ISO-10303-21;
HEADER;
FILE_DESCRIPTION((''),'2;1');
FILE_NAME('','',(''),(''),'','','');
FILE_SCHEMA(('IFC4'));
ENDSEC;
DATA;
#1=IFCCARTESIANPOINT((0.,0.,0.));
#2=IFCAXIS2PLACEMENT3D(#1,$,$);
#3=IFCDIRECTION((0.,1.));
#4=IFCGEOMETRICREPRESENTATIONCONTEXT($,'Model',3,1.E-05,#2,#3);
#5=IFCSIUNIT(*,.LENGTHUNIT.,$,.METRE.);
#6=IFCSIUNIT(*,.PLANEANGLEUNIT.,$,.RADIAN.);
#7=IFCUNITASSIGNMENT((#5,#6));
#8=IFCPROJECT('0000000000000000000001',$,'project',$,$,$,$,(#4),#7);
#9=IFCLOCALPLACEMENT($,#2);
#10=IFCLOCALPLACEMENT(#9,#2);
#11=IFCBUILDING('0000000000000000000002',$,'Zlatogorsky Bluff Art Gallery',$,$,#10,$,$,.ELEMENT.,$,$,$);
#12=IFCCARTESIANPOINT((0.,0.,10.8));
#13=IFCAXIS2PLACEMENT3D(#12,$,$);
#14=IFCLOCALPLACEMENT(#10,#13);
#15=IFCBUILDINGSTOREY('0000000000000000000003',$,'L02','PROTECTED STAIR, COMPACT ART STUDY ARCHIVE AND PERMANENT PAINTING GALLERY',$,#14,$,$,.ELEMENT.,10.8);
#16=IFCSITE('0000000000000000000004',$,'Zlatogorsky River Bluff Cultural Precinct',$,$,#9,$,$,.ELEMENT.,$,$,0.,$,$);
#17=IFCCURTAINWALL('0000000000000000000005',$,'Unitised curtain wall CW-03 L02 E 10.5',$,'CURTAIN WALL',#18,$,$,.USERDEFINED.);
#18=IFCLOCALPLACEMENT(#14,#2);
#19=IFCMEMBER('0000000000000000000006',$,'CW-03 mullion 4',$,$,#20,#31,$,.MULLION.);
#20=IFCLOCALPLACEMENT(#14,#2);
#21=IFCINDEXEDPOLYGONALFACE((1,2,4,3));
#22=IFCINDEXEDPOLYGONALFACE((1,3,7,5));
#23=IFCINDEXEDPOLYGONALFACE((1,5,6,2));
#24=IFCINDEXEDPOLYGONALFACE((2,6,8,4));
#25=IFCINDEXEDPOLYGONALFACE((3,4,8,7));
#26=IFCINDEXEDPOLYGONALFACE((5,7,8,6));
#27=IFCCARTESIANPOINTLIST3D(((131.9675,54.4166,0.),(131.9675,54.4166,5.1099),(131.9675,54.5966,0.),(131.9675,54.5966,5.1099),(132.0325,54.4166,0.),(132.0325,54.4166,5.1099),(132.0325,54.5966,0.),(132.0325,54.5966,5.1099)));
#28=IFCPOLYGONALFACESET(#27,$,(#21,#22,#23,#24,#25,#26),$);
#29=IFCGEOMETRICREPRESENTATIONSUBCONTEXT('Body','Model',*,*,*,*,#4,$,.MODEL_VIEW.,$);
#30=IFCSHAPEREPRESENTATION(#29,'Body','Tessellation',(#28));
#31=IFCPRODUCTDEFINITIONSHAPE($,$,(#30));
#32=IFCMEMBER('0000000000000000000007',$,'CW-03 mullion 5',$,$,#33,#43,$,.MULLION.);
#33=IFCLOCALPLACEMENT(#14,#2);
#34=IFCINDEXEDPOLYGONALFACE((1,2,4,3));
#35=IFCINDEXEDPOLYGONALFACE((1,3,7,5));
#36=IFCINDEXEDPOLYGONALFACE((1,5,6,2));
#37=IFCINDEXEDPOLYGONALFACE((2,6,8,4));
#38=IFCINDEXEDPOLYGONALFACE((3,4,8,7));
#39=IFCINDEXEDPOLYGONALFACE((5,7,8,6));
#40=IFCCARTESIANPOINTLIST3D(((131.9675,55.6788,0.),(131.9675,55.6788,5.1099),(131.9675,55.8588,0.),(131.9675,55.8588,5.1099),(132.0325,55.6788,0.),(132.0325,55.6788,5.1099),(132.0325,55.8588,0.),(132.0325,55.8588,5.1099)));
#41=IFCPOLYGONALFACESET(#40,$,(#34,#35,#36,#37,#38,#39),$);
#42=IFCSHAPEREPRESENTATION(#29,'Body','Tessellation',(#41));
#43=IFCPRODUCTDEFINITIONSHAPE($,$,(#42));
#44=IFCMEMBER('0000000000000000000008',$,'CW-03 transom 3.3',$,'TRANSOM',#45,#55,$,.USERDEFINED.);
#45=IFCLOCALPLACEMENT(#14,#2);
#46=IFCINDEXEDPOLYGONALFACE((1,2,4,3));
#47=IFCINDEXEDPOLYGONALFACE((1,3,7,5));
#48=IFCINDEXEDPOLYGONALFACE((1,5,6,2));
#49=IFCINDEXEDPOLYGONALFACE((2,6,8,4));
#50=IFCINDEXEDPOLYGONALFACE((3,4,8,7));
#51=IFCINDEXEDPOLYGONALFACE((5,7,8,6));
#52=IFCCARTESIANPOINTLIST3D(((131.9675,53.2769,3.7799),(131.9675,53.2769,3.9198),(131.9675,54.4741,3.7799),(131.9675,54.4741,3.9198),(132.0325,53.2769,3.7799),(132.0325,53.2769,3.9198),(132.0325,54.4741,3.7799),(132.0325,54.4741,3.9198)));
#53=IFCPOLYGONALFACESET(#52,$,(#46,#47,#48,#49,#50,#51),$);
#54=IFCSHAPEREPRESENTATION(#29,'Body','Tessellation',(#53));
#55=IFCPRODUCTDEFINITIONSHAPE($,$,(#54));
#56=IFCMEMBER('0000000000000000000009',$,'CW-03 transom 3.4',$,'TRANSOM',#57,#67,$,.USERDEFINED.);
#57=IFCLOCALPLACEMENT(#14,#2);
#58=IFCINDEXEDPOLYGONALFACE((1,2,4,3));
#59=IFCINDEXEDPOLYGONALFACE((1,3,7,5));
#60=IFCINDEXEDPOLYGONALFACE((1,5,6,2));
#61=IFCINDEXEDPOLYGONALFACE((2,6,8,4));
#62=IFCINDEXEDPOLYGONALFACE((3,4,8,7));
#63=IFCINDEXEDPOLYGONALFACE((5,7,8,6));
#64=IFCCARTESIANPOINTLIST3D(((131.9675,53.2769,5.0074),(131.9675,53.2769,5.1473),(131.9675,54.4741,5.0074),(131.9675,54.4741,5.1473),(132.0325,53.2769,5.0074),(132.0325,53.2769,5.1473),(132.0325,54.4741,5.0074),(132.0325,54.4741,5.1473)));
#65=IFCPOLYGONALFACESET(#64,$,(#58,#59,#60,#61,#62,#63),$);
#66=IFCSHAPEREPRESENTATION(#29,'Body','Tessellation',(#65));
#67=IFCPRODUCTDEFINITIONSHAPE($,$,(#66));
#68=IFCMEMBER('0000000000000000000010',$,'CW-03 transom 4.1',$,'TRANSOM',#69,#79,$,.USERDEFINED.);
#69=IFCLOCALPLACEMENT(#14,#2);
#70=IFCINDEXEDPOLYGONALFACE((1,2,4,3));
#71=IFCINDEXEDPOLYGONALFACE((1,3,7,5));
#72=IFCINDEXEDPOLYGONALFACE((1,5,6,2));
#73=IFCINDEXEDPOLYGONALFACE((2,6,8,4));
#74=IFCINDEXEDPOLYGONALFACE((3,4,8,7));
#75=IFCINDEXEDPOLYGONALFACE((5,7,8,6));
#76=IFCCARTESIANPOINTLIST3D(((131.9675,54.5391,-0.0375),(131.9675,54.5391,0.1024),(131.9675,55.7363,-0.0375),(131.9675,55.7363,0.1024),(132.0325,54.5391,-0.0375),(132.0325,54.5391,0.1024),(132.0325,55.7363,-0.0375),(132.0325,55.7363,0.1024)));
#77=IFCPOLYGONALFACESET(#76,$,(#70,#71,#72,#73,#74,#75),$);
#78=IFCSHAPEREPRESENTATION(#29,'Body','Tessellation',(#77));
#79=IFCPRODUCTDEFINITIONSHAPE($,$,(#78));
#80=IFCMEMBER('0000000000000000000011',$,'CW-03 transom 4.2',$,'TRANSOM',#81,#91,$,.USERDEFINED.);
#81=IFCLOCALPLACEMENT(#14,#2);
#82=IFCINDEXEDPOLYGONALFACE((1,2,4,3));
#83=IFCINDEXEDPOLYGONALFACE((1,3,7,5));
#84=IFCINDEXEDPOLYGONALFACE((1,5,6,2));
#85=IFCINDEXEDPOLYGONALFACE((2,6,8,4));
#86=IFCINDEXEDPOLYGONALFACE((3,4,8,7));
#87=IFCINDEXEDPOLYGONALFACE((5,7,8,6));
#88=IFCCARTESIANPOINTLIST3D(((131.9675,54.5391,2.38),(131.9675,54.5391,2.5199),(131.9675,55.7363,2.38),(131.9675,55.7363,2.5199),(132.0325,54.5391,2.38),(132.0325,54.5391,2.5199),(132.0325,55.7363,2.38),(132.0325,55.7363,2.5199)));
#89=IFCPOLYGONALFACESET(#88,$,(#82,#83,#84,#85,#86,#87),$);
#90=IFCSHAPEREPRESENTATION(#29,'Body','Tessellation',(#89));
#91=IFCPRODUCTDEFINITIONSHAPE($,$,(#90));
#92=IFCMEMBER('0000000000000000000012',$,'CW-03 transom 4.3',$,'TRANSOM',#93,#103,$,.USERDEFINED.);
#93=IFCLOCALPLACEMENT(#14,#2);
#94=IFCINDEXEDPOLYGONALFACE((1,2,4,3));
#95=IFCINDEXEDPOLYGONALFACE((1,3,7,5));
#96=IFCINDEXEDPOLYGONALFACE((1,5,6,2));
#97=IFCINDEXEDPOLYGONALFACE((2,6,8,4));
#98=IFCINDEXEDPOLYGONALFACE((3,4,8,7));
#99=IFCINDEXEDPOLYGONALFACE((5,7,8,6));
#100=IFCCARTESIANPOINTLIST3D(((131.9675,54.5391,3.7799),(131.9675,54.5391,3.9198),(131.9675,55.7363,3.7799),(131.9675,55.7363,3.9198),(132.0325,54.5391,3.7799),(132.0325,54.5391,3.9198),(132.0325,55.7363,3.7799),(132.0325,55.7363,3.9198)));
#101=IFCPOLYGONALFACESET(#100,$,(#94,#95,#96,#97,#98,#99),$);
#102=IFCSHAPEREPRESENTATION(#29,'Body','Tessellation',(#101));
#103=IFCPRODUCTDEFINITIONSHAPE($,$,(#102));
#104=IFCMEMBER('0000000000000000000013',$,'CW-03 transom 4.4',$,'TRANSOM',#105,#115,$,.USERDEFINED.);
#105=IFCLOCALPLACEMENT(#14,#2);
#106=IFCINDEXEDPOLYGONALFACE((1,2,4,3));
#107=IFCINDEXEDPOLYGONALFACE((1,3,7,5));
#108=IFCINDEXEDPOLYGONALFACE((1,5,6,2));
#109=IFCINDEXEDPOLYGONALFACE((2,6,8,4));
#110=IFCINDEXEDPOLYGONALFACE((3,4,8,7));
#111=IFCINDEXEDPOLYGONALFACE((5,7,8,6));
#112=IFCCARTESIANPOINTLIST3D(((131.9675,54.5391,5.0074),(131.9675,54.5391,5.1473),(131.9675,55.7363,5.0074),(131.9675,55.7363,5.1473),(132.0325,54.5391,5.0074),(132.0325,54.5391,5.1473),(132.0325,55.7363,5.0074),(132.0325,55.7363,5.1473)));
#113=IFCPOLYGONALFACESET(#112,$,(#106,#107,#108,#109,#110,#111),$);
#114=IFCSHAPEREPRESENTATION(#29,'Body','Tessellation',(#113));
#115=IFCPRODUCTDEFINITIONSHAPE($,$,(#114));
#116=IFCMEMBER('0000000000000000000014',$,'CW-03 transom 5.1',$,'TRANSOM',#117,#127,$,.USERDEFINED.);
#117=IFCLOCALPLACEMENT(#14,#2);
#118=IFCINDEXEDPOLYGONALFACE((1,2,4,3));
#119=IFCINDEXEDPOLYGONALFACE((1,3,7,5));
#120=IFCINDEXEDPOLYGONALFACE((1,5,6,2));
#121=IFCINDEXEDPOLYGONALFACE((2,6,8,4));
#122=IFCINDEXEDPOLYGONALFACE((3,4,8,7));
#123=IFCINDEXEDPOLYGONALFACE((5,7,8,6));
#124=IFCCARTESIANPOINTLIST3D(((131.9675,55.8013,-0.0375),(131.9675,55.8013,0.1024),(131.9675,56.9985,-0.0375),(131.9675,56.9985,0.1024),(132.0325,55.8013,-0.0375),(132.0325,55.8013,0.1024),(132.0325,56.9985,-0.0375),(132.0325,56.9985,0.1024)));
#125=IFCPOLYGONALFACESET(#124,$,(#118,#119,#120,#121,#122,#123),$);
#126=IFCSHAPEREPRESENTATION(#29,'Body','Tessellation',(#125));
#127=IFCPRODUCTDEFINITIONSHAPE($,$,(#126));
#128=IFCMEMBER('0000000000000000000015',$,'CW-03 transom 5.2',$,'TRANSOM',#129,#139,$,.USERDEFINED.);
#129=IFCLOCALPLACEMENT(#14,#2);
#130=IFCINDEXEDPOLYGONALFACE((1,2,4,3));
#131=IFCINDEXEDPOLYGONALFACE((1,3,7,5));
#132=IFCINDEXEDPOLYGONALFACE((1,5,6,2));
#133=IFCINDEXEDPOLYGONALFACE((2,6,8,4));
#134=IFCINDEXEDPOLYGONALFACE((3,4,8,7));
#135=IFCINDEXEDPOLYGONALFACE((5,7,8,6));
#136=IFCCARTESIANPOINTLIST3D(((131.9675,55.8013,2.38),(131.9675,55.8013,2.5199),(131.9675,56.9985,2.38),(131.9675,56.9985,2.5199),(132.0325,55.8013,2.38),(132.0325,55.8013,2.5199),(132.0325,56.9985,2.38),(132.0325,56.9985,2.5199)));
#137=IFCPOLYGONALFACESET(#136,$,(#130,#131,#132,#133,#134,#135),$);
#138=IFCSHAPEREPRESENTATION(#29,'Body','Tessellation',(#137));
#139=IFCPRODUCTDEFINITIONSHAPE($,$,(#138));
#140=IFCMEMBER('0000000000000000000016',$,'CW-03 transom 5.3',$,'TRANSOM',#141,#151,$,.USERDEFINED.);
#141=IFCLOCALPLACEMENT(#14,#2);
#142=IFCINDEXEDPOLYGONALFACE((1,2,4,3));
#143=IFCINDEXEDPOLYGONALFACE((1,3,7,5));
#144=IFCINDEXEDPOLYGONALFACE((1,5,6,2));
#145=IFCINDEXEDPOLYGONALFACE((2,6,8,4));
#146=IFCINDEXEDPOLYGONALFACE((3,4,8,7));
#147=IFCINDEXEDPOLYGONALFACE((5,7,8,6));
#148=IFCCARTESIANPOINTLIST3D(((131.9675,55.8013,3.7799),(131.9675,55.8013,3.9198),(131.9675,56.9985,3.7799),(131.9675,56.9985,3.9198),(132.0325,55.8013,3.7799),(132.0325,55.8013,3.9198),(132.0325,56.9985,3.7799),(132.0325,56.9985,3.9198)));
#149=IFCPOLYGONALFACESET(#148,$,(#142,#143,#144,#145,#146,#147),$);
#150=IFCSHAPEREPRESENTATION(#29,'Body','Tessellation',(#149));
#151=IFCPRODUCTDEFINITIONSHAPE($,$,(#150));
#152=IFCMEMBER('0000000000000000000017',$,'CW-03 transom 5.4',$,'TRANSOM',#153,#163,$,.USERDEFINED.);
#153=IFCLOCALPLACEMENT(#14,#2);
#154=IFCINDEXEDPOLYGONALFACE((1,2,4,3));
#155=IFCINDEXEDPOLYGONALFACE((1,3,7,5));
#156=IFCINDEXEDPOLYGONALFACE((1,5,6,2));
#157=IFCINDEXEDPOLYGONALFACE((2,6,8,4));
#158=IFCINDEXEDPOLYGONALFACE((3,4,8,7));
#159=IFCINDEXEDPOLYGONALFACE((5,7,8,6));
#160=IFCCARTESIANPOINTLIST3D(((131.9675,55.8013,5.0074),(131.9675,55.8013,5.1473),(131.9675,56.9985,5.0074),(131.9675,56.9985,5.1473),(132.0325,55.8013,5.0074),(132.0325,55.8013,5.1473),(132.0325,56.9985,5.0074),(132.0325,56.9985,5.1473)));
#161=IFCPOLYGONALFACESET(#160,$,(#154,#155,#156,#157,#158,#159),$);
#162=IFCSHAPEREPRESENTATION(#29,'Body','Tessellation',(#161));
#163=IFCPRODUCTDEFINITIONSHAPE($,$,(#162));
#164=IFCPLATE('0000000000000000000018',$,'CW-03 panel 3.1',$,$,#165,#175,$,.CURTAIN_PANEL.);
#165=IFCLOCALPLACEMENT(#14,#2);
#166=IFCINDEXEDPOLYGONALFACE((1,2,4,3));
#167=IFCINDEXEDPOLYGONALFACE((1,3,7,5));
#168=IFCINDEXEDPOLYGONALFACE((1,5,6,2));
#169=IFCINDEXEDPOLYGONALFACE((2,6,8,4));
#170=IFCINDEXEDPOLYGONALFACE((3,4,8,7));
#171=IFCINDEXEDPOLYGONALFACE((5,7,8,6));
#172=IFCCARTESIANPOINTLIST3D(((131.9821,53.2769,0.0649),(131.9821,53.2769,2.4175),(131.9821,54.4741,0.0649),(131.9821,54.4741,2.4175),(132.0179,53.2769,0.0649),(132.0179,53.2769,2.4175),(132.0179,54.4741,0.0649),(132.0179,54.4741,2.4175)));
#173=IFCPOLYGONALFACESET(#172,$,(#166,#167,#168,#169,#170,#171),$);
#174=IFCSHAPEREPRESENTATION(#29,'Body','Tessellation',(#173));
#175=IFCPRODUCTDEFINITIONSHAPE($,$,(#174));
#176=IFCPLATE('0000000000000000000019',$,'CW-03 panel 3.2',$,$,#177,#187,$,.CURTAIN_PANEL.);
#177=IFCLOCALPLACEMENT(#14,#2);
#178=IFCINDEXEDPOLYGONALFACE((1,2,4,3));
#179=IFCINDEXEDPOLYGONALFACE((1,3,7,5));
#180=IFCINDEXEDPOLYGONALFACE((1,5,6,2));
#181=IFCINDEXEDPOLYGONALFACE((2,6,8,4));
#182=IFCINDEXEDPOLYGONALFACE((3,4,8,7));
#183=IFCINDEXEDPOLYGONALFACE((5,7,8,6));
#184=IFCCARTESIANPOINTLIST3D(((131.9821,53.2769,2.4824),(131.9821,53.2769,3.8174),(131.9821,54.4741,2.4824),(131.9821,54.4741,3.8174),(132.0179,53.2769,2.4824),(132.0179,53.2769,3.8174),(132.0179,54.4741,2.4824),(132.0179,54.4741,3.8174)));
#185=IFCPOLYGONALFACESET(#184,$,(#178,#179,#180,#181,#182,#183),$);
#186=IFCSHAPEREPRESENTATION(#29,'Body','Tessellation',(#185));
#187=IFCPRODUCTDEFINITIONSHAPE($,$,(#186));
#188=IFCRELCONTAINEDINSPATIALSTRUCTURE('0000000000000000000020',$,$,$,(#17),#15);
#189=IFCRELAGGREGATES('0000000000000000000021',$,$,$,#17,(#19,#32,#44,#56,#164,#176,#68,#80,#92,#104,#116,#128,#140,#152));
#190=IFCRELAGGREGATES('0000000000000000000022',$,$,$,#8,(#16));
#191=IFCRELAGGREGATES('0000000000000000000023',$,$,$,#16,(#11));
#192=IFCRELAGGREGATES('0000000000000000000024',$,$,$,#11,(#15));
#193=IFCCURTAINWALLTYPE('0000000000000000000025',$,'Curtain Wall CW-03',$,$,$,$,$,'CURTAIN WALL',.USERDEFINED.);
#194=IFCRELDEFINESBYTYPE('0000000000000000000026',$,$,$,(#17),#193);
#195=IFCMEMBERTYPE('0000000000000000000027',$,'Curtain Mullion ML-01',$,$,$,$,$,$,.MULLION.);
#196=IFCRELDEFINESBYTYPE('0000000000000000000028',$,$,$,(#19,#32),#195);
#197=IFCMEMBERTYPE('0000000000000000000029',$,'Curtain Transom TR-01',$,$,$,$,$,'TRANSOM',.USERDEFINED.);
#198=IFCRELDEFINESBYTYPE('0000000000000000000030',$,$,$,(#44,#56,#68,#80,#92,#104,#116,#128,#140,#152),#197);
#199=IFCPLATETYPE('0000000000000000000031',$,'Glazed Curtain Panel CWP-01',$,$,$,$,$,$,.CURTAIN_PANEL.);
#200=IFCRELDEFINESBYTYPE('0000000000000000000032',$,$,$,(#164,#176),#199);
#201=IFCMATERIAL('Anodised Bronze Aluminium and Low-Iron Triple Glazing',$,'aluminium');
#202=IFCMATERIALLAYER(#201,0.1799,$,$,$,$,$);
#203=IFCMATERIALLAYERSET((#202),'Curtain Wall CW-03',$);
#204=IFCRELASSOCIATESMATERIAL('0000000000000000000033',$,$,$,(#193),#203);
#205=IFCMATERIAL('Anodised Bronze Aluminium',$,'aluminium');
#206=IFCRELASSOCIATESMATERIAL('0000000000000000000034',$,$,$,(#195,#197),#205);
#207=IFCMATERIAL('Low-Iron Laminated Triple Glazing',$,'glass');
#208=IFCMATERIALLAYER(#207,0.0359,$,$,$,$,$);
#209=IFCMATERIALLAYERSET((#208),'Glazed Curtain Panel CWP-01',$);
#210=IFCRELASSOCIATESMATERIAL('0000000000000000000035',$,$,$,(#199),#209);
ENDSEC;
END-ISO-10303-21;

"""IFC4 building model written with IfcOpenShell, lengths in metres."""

from ifc_helpers import new_model, si_unit, direction, frame, origin, origin_2d, place, context, subcontext, project, spatial, rectangle, extrude, material, layer, layer_set, material_profile, profile_set, type_object, element, aggregate, save


model = new_model("IFC4")

# Units and contexts
model_context = context("Model", 3, precision=1e-05, world=origin(), true_north=direction((0.0, 1.0)))
body_context = subcontext(model_context, "Body", "Model", "MODEL_VIEW")
ifc_project = project(units=[si_unit("LENGTHUNIT", "METRE"), si_unit("PLANEANGLEUNIT", "RADIAN")], contexts=[model_context])

# Site, building, storey
site_placement = place(None, origin())
site = spatial("IfcSite", under=ifc_project, at=site_placement, Name="Zlatogorsky River Bluff Cultural Precinct", CompositionType="ELEMENT", RefElevation=0.0)
building_placement = place(site_placement, origin())
building = spatial("IfcBuilding", under=site, at=building_placement, Name="Zlatogorsky Bluff Art Gallery", CompositionType="ELEMENT")
storey_placement = place(building_placement, frame((0.0, 0.0, 10.8)))
storey = spatial("IfcBuildingStorey", under=building, at=storey_placement, Name="L02", Description="PROTECTED STAIR, COMPACT ART STUDY ARCHIVE AND PERMANENT PAINTING GALLERY", CompositionType="ELEMENT", Elevation=10.8)

# Curtain wall, members, plates
ifc_material_1 = material(Name="Anodised Bronze Aluminium and Low-Iron Triple Glazing", Category="aluminium")
ifc_layer_1 = layer(ifc_material_1, 0.1799)
ifc_layer_set_1 = layer_set([ifc_layer_1], Name="Curtain Wall CW-03")
curtain_wall_type = type_object("IfcCurtainWallType", Name="Curtain Wall CW-03", ElementType="CURTAIN WALL", PredefinedType="USERDEFINED", material=ifc_layer_set_1)
curtain_wall_placement = place(storey_placement, origin())
curtain_wall = element("IfcCurtainWall", 1, at=curtain_wall_placement, inside=storey, type_object=curtain_wall_type, Name="Unitised curtain wall CW-03 L02 E 10.5", ObjectType="CURTAIN WALL", PredefinedType="USERDEFINED")
ifc_material_2 = material(Name="Anodised Bronze Aluminium", Category="aluminium")
ifc_material_profile_1 = material_profile(ifc_material_2, rectangle(XDim=0.0649, YDim=0.1799, at=origin_2d()), Name="ALU MULLION 65x180")
ifc_profile_set_1 = profile_set([ifc_material_profile_1], Name="Anodised Bronze Aluminium")
member_type_1 = type_object("IfcMemberType", Name="Curtain Mullion ML-01", PredefinedType="MULLION", material=ifc_profile_set_1)
member_1_placement = place(storey_placement, frame((132.0, 54.5066, 0.0), z_axis=(0.0, 0.0, 1.0), x_axis=(-1.0, 0.0, 0.0)))
member_1 = element("IfcMember", 2, at=member_1_placement, type_object=member_type_1, Name="CW-03 mullion 4", PredefinedType="MULLION", context=body_context, shape_type="SweptSolid", body=[
    extrude(rectangle(XDim=0.0649, YDim=0.1799, at=origin_2d()), origin(), (0.0, 0.0, 1.0), 5.1099),
])
member_2_placement = place(storey_placement, frame((132.0, 55.7688, 0.0), z_axis=(0.0, 0.0, 1.0), x_axis=(-1.0, 0.0, 0.0)))
member_2 = element("IfcMember", 3, at=member_2_placement, type_object=member_type_1, Name="CW-03 mullion 5", PredefinedType="MULLION", context=body_context, shape_type="SweptSolid", body=[
    extrude(rectangle(XDim=0.0649, YDim=0.1799, at=origin_2d()), origin(), (0.0, 0.0, 1.0), 5.1099),
])
ifc_material_profile_2 = material_profile(ifc_material_2, rectangle(XDim=0.0649, YDim=0.1399, at=origin_2d()), Name="ALU TRANSOM 65x140")
ifc_profile_set_2 = profile_set([ifc_material_profile_2], Name="Anodised Bronze Aluminium")
member_type_2 = type_object("IfcMemberType", Name="Curtain Transom TR-01", ElementType="TRANSOM", PredefinedType="USERDEFINED", material=ifc_profile_set_2)
member_3_placement = place(storey_placement, frame((132.0, 53.2769, 3.8499), z_axis=(0.0, 1.0, 0.0), x_axis=(-1.0, 0.0, 0.0)))
member_3 = element("IfcMember", 4, at=member_3_placement, type_object=member_type_2, Name="CW-03 transom 3.3", ObjectType="TRANSOM", PredefinedType="USERDEFINED", context=body_context, shape_type="SweptSolid", body=[
    extrude(rectangle(XDim=0.0649, YDim=0.1399, at=origin_2d()), origin(), (0.0, 0.0, 1.0), 1.1973),
])
member_4_placement = place(storey_placement, frame((132.0, 53.2769, 5.0774), z_axis=(0.0, 1.0, 0.0), x_axis=(-1.0, 0.0, 0.0)))
member_4 = element("IfcMember", 5, at=member_4_placement, type_object=member_type_2, Name="CW-03 transom 3.4", ObjectType="TRANSOM", PredefinedType="USERDEFINED", context=body_context, shape_type="SweptSolid", body=[
    extrude(rectangle(XDim=0.0649, YDim=0.1399, at=origin_2d()), origin(), (0.0, 0.0, 1.0), 1.1973),
])
member_5_placement = place(storey_placement, frame((132.0, 54.5391, 0.0325), z_axis=(0.0, 1.0, 0.0), x_axis=(-1.0, 0.0, 0.0)))
member_5 = element("IfcMember", 6, at=member_5_placement, type_object=member_type_2, Name="CW-03 transom 4.1", ObjectType="TRANSOM", PredefinedType="USERDEFINED", context=body_context, shape_type="SweptSolid", body=[
    extrude(rectangle(XDim=0.0649, YDim=0.1399, at=origin_2d()), origin(), (0.0, 0.0, 1.0), 1.1973),
])
member_6_placement = place(storey_placement, frame((132.0, 54.5391, 2.45), z_axis=(0.0, 1.0, 0.0), x_axis=(-1.0, 0.0, 0.0)))
member_6 = element("IfcMember", 7, at=member_6_placement, type_object=member_type_2, Name="CW-03 transom 4.2", ObjectType="TRANSOM", PredefinedType="USERDEFINED", context=body_context, shape_type="SweptSolid", body=[
    extrude(rectangle(XDim=0.0649, YDim=0.1399, at=origin_2d()), origin(), (0.0, 0.0, 1.0), 1.1973),
])
member_7_placement = place(storey_placement, frame((132.0, 54.5391, 3.8499), z_axis=(0.0, 1.0, 0.0), x_axis=(-1.0, 0.0, 0.0)))
member_7 = element("IfcMember", 8, at=member_7_placement, type_object=member_type_2, Name="CW-03 transom 4.3", ObjectType="TRANSOM", PredefinedType="USERDEFINED", context=body_context, shape_type="SweptSolid", body=[
    extrude(rectangle(XDim=0.0649, YDim=0.1399, at=origin_2d()), origin(), (0.0, 0.0, 1.0), 1.1973),
])
member_8_placement = place(storey_placement, frame((132.0, 54.5391, 5.0774), z_axis=(0.0, 1.0, 0.0), x_axis=(-1.0, 0.0, 0.0)))
member_8 = element("IfcMember", 9, at=member_8_placement, type_object=member_type_2, Name="CW-03 transom 4.4", ObjectType="TRANSOM", PredefinedType="USERDEFINED", context=body_context, shape_type="SweptSolid", body=[
    extrude(rectangle(XDim=0.0649, YDim=0.1399, at=origin_2d()), origin(), (0.0, 0.0, 1.0), 1.1973),
])
member_9_placement = place(storey_placement, frame((132.0, 55.8013, 0.0325), z_axis=(0.0, 1.0, 0.0), x_axis=(-1.0, 0.0, 0.0)))
member_9 = element("IfcMember", 10, at=member_9_placement, type_object=member_type_2, Name="CW-03 transom 5.1", ObjectType="TRANSOM", PredefinedType="USERDEFINED", context=body_context, shape_type="SweptSolid", body=[
    extrude(rectangle(XDim=0.0649, YDim=0.1399, at=origin_2d()), origin(), (0.0, 0.0, 1.0), 1.1973),
])
member_10_placement = place(storey_placement, frame((132.0, 55.8013, 2.45), z_axis=(0.0, 1.0, 0.0), x_axis=(-1.0, 0.0, 0.0)))
member_10 = element("IfcMember", 11, at=member_10_placement, type_object=member_type_2, Name="CW-03 transom 5.2", ObjectType="TRANSOM", PredefinedType="USERDEFINED", context=body_context, shape_type="SweptSolid", body=[
    extrude(rectangle(XDim=0.0649, YDim=0.1399, at=origin_2d()), origin(), (0.0, 0.0, 1.0), 1.1973),
])
member_11_placement = place(storey_placement, frame((132.0, 55.8013, 3.8499), z_axis=(0.0, 1.0, 0.0), x_axis=(-1.0, 0.0, 0.0)))
member_11 = element("IfcMember", 12, at=member_11_placement, type_object=member_type_2, Name="CW-03 transom 5.3", ObjectType="TRANSOM", PredefinedType="USERDEFINED", context=body_context, shape_type="SweptSolid", body=[
    extrude(rectangle(XDim=0.0649, YDim=0.1399, at=origin_2d()), origin(), (0.0, 0.0, 1.0), 1.1973),
])
member_12_placement = place(storey_placement, frame((132.0, 55.8013, 5.0774), z_axis=(0.0, 1.0, 0.0), x_axis=(-1.0, 0.0, 0.0)))
member_12 = element("IfcMember", 13, at=member_12_placement, type_object=member_type_2, Name="CW-03 transom 5.4", ObjectType="TRANSOM", PredefinedType="USERDEFINED", context=body_context, shape_type="SweptSolid", body=[
    extrude(rectangle(XDim=0.0649, YDim=0.1399, at=origin_2d()), origin(), (0.0, 0.0, 1.0), 1.1973),
])
ifc_material_3 = material(Name="Low-Iron Laminated Triple Glazing", Category="glass")
ifc_layer_2 = layer(ifc_material_3, 0.0359)
ifc_layer_set_2 = layer_set([ifc_layer_2], Name="Glazed Curtain Panel CWP-01")
plate_type = type_object("IfcPlateType", Name="Glazed Curtain Panel CWP-01", PredefinedType="CURTAIN_PANEL", material=ifc_layer_set_2)
plate_1_placement = place(storey_placement, frame((132.0, 53.8755, 0.0649), z_axis=(0.0, 0.0, 1.0), x_axis=(0.0, 1.0, 0.0)))
plate_1 = element("IfcPlate", 14, at=plate_1_placement, type_object=plate_type, Name="CW-03 panel 3.1", PredefinedType="CURTAIN_PANEL", context=body_context, shape_type="SweptSolid", body=[
    extrude(rectangle(XDim=1.1973, YDim=0.0359, at=origin_2d()), origin(), (0.0, 0.0, 1.0), 2.3525),
])
plate_2_placement = place(storey_placement, frame((132.0, 53.8755, 2.4824), z_axis=(0.0, 0.0, 1.0), x_axis=(0.0, 1.0, 0.0)))
plate_2 = element("IfcPlate", 15, at=plate_2_placement, type_object=plate_type, Name="CW-03 panel 3.2", PredefinedType="CURTAIN_PANEL", context=body_context, shape_type="SweptSolid", body=[
    extrude(rectangle(XDim=1.1973, YDim=0.0359, at=origin_2d()), origin(), (0.0, 0.0, 1.0), 1.335),
])
aggregate(curtain_wall, [member_1, member_2, member_3, member_4, plate_1, plate_2, member_5, member_6, member_7, member_8, member_9, member_10, member_11, member_12])

save(model, "model.ifc")
